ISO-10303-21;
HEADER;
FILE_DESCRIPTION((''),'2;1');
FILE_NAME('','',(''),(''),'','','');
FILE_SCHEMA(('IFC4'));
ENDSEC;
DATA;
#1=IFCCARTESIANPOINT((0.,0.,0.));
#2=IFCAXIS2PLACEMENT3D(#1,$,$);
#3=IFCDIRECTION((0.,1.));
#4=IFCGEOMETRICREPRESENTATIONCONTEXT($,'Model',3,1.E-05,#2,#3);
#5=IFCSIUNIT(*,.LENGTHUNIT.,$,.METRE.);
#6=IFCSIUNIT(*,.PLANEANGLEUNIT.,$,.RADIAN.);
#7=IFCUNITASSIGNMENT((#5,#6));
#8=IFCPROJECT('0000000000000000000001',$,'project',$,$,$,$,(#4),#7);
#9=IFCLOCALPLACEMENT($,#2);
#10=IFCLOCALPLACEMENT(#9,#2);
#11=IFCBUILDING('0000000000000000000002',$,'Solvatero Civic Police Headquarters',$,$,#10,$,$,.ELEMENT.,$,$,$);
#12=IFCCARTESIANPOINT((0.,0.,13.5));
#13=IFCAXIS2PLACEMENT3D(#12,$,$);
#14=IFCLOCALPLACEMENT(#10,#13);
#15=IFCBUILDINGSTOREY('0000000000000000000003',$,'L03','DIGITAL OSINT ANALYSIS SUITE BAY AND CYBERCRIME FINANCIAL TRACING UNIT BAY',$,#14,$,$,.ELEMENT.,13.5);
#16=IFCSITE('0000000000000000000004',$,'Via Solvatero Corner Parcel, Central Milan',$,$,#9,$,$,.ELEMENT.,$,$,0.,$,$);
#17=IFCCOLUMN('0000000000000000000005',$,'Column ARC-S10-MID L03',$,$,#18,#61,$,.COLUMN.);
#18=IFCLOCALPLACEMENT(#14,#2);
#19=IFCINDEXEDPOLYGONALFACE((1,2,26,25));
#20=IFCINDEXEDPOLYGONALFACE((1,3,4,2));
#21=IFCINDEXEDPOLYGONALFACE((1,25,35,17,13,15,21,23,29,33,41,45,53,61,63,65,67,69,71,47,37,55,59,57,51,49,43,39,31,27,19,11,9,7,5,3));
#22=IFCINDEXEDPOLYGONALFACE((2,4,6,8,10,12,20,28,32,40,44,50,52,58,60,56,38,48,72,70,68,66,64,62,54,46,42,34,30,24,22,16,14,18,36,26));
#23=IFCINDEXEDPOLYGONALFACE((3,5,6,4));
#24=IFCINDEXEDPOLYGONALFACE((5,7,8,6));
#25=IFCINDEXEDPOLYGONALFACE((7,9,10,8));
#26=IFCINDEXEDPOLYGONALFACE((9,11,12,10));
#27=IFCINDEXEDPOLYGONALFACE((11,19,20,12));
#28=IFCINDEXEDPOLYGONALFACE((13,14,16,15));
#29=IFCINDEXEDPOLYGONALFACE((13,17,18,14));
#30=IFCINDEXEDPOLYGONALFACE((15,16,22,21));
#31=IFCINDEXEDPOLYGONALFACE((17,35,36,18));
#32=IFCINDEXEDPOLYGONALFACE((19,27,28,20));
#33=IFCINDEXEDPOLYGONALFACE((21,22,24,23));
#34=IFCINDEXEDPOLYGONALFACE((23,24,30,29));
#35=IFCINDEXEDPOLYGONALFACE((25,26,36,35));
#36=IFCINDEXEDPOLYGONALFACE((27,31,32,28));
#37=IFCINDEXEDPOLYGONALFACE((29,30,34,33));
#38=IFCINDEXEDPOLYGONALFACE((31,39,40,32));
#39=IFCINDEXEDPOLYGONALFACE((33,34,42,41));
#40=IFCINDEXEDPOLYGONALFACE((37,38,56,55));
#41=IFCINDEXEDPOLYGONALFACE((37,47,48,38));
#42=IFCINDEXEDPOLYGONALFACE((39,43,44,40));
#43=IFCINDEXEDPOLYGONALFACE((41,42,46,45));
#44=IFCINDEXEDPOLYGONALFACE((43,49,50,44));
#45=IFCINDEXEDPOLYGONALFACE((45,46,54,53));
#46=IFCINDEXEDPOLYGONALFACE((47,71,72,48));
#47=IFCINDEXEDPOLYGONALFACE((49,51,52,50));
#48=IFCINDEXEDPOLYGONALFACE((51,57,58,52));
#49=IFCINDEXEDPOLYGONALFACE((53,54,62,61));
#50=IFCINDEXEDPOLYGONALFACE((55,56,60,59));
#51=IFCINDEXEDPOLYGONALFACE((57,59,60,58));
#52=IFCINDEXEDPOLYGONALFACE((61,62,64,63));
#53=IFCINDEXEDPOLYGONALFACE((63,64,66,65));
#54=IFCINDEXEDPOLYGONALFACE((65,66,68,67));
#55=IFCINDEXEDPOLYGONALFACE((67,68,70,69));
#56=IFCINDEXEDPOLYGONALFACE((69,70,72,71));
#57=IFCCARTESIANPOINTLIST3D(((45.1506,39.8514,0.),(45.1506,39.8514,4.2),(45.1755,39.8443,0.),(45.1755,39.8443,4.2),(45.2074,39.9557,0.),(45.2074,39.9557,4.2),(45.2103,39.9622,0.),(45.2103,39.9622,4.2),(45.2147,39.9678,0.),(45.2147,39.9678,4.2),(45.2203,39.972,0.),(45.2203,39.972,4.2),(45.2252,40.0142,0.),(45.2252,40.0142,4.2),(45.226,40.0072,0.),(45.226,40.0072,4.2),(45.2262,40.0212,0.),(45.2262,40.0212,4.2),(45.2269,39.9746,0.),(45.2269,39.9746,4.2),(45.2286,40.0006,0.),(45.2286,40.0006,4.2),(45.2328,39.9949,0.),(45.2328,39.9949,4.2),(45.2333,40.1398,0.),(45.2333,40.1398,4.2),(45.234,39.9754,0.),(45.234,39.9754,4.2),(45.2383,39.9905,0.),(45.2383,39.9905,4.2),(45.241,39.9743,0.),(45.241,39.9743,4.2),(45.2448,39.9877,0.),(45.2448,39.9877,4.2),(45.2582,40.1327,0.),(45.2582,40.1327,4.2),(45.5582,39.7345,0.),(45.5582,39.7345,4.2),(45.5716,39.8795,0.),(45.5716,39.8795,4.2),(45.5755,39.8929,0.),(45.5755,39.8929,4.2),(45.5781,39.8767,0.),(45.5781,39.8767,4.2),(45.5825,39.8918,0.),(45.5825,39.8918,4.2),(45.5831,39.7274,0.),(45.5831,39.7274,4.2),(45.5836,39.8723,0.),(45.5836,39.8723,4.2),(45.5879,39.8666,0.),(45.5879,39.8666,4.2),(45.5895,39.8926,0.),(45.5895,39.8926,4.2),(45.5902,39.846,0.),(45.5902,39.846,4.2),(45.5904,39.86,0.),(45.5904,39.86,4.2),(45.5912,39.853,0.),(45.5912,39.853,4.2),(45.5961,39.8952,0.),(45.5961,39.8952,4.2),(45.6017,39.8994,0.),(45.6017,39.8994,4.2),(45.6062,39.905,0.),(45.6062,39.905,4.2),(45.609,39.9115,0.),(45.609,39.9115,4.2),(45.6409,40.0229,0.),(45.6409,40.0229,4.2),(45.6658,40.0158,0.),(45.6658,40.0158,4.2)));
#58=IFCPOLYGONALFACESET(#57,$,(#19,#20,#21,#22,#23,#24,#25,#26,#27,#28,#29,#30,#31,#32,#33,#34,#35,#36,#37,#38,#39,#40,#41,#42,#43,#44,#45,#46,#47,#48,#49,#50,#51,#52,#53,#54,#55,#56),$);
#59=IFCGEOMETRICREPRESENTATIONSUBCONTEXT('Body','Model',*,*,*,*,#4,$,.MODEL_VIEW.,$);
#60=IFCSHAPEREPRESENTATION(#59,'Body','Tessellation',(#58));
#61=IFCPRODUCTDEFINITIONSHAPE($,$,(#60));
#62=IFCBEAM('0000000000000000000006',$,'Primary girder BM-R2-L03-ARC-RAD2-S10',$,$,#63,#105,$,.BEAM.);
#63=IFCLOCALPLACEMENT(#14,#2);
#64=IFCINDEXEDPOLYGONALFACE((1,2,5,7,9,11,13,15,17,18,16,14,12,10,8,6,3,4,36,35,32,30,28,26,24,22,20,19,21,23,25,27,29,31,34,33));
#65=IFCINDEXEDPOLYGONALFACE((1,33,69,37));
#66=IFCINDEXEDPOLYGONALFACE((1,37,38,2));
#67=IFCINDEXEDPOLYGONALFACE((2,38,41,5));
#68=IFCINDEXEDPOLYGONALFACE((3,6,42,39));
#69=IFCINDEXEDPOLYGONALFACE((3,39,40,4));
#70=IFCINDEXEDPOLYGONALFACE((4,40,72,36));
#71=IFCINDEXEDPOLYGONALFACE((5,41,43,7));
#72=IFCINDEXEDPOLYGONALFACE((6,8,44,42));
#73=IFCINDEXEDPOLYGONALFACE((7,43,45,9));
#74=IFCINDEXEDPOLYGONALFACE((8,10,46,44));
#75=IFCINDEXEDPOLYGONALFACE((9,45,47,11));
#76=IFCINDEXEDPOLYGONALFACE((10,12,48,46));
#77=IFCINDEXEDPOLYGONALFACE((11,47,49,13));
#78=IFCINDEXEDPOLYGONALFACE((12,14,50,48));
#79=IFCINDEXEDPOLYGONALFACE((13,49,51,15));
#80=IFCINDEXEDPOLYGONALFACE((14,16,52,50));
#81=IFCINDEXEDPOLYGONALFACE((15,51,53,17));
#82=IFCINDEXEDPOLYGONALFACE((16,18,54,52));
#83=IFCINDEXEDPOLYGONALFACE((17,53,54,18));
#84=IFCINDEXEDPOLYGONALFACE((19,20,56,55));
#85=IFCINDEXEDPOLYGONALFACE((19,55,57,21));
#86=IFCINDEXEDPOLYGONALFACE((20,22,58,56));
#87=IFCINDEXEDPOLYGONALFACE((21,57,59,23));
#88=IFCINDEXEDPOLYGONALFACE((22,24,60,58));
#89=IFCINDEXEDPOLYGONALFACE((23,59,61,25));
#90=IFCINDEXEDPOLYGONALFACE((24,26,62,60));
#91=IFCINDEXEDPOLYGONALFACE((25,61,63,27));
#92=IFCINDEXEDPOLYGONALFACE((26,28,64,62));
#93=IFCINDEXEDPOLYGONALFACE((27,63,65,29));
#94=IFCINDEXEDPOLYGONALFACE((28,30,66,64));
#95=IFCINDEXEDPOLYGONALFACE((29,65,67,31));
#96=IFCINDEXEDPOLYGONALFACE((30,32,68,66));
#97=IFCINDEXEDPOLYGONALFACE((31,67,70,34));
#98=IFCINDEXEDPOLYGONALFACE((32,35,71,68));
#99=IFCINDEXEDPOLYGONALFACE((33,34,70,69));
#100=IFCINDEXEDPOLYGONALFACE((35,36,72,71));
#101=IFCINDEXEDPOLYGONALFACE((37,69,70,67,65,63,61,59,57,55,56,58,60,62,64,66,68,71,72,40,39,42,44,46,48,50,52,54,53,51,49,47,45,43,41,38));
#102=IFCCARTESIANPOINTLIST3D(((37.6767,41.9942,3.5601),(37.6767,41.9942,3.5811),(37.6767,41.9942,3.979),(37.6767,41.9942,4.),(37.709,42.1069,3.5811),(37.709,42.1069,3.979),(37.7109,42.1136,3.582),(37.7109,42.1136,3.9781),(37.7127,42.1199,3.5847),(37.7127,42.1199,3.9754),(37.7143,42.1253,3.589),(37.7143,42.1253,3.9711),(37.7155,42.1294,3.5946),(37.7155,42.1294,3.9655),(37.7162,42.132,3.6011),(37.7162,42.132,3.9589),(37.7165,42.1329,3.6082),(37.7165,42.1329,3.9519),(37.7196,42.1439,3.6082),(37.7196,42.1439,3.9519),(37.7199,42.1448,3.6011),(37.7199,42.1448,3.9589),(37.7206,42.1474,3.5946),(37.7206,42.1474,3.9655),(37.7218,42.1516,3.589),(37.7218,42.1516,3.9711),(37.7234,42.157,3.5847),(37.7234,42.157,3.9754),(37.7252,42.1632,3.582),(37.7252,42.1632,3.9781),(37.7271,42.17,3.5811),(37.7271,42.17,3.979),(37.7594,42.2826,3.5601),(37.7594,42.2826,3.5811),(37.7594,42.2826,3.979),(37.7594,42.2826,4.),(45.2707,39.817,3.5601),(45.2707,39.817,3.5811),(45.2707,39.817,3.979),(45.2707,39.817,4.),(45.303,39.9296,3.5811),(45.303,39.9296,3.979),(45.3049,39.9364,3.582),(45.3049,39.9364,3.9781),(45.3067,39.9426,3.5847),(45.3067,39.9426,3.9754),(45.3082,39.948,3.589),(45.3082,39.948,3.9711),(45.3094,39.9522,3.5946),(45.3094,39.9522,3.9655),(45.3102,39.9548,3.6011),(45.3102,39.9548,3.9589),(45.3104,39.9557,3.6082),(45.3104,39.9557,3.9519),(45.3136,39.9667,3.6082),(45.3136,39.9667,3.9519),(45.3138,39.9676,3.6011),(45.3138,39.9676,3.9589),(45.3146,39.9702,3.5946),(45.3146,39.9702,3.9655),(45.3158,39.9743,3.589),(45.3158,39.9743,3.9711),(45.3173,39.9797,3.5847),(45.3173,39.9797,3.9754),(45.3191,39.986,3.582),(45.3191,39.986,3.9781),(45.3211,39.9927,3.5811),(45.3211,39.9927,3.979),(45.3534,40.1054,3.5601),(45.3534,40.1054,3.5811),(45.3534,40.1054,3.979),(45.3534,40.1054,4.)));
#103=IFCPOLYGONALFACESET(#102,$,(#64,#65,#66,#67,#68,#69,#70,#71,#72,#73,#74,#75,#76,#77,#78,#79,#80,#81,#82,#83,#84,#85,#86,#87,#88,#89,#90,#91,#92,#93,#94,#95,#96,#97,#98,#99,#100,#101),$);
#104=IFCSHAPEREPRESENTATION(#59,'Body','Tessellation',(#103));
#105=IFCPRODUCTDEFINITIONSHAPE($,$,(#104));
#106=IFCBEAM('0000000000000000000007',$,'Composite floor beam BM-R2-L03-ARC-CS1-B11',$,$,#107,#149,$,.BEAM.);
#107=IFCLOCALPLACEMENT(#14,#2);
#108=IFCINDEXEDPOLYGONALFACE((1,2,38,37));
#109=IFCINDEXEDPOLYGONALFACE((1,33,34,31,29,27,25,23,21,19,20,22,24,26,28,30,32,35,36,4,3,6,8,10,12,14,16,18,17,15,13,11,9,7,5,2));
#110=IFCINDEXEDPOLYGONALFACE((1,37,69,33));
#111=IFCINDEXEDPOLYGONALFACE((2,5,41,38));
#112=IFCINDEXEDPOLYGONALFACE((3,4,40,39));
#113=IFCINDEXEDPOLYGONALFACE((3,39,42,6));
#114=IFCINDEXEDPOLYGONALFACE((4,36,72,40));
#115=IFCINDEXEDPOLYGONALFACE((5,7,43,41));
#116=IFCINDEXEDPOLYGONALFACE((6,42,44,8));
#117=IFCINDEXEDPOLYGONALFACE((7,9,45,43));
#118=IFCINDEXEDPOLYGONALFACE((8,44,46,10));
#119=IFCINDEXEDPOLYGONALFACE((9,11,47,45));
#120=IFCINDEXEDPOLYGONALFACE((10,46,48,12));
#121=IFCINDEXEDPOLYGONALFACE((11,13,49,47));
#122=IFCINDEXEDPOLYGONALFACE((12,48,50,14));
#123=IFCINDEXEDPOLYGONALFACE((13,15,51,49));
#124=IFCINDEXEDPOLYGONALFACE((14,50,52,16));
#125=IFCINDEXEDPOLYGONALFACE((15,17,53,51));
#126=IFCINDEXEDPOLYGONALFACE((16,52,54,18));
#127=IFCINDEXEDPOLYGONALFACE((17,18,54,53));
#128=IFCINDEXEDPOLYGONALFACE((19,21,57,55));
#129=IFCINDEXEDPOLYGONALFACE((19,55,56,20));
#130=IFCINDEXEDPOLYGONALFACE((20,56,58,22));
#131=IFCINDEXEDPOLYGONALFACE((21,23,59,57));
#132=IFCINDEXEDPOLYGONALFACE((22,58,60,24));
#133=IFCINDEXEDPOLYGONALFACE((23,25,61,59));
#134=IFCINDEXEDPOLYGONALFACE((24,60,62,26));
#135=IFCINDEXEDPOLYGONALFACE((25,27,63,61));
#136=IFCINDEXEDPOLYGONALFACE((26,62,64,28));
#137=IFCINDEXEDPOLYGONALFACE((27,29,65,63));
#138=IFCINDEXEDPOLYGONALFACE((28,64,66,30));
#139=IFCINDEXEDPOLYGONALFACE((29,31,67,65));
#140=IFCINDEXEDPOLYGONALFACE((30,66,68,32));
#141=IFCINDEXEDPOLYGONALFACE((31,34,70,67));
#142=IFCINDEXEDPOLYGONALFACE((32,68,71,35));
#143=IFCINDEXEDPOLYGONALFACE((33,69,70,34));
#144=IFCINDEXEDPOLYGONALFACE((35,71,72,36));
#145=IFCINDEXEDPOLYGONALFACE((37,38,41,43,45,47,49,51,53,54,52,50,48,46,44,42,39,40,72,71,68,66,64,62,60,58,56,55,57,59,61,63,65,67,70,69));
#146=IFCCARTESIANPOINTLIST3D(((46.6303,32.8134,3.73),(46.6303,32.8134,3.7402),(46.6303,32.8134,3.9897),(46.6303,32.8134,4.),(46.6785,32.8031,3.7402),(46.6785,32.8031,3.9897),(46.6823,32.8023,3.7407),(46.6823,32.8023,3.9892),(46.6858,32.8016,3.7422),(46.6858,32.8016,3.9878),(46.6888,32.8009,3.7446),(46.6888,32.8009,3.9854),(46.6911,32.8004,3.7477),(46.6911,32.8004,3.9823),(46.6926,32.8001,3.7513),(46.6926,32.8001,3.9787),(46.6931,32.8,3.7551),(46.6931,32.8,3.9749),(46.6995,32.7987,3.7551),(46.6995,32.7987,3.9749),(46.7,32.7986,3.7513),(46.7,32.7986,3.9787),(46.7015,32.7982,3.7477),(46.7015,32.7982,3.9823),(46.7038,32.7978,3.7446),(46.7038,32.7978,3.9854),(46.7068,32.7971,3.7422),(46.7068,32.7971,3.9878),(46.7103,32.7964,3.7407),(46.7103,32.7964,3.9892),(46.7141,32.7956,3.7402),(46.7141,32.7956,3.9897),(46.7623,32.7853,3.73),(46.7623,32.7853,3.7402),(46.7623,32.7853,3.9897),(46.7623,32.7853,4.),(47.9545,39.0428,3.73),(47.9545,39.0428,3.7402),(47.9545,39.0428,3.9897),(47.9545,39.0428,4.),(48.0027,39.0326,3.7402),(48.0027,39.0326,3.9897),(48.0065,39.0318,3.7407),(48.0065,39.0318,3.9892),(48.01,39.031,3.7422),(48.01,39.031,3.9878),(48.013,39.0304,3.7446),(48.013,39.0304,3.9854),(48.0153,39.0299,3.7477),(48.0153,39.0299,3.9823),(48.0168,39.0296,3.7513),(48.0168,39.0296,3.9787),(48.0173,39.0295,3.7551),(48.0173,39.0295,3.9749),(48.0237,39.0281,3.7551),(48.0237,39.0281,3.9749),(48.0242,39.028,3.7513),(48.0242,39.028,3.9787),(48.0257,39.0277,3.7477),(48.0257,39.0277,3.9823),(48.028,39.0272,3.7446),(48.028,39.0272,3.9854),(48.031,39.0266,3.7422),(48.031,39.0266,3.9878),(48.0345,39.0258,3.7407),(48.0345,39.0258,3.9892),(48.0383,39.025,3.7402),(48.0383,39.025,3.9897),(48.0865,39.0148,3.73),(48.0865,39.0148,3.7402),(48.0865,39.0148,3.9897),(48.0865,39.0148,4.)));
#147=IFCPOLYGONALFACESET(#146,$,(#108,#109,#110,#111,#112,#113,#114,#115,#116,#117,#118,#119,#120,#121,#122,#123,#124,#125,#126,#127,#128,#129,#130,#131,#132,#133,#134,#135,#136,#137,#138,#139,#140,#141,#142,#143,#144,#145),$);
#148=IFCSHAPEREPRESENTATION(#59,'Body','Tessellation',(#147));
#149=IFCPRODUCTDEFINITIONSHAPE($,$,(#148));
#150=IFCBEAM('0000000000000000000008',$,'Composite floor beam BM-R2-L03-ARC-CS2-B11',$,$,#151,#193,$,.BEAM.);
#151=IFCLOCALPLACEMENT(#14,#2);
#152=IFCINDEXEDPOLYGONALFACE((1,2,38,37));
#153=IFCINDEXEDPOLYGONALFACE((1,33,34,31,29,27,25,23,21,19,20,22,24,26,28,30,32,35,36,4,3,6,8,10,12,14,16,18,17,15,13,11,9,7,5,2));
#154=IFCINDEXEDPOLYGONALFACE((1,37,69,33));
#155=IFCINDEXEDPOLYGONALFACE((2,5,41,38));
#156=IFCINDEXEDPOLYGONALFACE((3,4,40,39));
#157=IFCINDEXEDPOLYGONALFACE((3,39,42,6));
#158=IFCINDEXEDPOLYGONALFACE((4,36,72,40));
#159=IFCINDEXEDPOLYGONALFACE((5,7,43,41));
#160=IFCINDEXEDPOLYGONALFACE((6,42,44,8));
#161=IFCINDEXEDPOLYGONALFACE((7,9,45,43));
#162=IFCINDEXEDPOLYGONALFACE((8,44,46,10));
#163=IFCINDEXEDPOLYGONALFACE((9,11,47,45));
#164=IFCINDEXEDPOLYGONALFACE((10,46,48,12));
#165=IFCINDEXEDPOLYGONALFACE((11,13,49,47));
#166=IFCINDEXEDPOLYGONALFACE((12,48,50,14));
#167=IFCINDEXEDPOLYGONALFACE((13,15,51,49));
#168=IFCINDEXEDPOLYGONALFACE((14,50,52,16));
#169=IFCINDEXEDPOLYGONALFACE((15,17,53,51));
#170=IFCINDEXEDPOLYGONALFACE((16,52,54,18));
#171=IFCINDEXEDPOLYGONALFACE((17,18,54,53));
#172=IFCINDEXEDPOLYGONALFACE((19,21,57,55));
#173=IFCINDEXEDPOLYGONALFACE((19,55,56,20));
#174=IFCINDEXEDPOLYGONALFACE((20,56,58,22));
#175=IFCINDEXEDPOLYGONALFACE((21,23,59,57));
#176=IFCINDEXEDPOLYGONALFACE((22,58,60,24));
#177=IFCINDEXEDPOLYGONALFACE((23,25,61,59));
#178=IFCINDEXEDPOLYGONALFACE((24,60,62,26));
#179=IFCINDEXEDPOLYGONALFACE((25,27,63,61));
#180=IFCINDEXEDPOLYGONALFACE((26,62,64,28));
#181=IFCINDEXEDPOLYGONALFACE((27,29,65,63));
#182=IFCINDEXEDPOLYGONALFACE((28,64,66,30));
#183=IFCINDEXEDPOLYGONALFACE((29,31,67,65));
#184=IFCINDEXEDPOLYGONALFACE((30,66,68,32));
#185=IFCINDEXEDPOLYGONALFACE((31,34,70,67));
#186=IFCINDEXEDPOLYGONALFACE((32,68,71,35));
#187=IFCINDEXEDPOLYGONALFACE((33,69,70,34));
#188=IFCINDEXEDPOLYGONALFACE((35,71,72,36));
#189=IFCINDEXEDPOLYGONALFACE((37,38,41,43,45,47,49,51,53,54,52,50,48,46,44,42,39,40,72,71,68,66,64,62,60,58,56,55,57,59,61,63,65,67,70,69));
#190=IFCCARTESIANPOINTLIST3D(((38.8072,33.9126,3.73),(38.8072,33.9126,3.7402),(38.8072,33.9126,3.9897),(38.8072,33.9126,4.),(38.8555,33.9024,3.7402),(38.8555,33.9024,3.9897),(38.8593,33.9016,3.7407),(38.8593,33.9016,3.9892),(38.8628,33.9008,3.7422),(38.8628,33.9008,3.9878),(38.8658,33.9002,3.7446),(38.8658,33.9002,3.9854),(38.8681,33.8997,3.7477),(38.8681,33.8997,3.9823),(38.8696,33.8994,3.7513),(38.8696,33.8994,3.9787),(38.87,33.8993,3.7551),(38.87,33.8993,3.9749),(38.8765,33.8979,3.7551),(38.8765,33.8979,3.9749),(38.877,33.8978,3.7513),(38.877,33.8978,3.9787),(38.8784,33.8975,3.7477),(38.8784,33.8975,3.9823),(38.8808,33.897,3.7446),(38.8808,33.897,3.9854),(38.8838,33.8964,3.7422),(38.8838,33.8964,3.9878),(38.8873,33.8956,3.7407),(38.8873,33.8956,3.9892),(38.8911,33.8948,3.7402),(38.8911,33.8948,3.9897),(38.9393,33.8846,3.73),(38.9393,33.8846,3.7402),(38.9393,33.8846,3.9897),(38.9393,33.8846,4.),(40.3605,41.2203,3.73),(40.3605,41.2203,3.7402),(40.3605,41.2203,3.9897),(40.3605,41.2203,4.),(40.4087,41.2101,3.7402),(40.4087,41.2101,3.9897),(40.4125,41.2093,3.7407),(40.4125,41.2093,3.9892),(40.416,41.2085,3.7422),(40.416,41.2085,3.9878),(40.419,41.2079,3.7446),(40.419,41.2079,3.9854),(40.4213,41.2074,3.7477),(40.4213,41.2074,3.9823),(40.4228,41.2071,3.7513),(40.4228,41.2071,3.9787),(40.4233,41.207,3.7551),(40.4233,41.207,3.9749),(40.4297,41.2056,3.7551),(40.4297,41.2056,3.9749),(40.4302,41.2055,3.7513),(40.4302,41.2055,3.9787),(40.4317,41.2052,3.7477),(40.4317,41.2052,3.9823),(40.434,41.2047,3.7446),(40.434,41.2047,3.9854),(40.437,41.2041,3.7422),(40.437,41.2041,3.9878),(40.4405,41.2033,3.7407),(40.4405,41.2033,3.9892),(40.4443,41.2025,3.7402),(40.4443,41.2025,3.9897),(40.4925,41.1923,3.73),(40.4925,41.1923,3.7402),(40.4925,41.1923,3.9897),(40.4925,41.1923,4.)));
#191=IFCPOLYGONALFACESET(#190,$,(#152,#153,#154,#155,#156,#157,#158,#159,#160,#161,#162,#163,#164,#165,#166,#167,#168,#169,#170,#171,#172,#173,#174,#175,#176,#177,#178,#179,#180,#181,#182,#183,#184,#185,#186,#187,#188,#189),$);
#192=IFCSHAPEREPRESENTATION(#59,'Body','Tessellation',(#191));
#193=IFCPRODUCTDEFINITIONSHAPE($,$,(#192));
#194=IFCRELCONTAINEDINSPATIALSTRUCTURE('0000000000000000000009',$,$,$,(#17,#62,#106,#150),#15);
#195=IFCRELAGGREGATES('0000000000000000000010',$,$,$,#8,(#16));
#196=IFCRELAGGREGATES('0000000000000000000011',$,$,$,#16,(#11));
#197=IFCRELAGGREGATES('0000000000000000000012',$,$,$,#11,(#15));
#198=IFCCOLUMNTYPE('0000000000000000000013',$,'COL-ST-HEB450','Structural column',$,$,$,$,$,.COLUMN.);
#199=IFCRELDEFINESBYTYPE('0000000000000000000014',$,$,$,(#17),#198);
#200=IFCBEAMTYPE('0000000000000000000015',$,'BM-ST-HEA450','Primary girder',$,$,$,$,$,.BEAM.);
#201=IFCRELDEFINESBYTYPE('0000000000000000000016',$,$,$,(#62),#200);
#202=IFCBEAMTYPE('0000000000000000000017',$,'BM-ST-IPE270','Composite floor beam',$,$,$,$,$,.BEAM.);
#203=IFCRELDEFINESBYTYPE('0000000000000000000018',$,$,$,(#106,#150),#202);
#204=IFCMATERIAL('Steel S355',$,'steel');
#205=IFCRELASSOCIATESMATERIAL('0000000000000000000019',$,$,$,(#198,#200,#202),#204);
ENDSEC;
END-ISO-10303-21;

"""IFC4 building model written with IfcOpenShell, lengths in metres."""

from ifc_helpers import new_model, si_unit, direction, frame, origin, origin_2d, place, context, subcontext, project, spatial, i_section, extrude, material, material_profile, profile_set, type_object, element, save


model = new_model("IFC4")

# Units and contexts
model_context = context("Model", 3, precision=1e-05, world=origin(), true_north=direction((0.0, 1.0)))
body_context = subcontext(model_context, "Body", "Model", "MODEL_VIEW")
ifc_project = project(units=[si_unit("LENGTHUNIT", "METRE"), si_unit("PLANEANGLEUNIT", "RADIAN")], contexts=[model_context])

# Site, building, storey
site_placement = place(None, origin())
site = spatial("IfcSite", under=ifc_project, at=site_placement, Name="Via Solvatero Corner Parcel, Central Milan", CompositionType="ELEMENT", RefElevation=0.0)
building_placement = place(site_placement, origin())
building = spatial("IfcBuilding", under=site, at=building_placement, Name="Solvatero Civic Police Headquarters", CompositionType="ELEMENT")
storey_placement = place(building_placement, frame((0.0, 0.0, 13.5)))
storey = spatial("IfcBuildingStorey", under=building, at=storey_placement, Name="L03", Description="DIGITAL OSINT ANALYSIS SUITE BAY AND CYBERCRIME FINANCIAL TRACING UNIT BAY", CompositionType="ELEMENT", Elevation=13.5)

# Column
ifc_material_1 = material(Name="Steel S355", Category="steel")
ifc_material_profile_1 = material_profile(ifc_material_1, i_section(OverallWidth=0.3, OverallDepth=0.45, WebThickness=0.0139, FlangeThickness=0.0259, FilletRadius=0.0271, at=origin_2d()), Name="HEB 450")
ifc_profile_set_1 = profile_set([ifc_material_profile_1], Name="Steel S355")
column_type = type_object("IfcColumnType", Name="COL-ST-HEB450", Description="Structural column", PredefinedType="COLUMN", material=ifc_profile_set_1)
column_placement = place(storey_placement, frame((45.4082, 39.9336, 0.0), z_axis=(0.0, 0.0, 1.0), x_axis=(0.275637, 0.961262, 0.0)))
element("IfcColumn", 1, at=column_placement, inside=storey, type_object=column_type, Name="Column ARC-S10-MID L03", PredefinedType="COLUMN", context=body_context, shape_type="SweptSolid", body=[
    extrude(i_section(OverallWidth=0.3, OverallDepth=0.45, WebThickness=0.0139, FlangeThickness=0.0259, FilletRadius=0.0271, at=origin_2d()), origin(), (0.0, 0.0, 1.0), 4.2),
])

# Beams
ifc_material_profile_2 = material_profile(ifc_material_1, i_section(OverallWidth=0.3, OverallDepth=0.4399, WebThickness=0.0115, FlangeThickness=0.021, FilletRadius=0.0271, at=origin_2d()), Name="HEA 450")
ifc_profile_set_2 = profile_set([ifc_material_profile_2], Name="Steel S355")
beam_type_1 = type_object("IfcBeamType", Name="BM-ST-HEA450", Description="Primary girder", PredefinedType="BEAM", material=ifc_profile_set_2)
beam_1_placement = place(storey_placement, frame((45.312, 39.9612, 3.78), z_axis=(-0.961272, 0.275603, 0.0), x_axis=(-0.275603, -0.961272, 0.0)))
element("IfcBeam", 2, at=beam_1_placement, inside=storey, type_object=beam_type_1, Name="Primary girder BM-R2-L03-ARC-RAD2-S10", PredefinedType="BEAM", context=body_context, shape_type="SweptSolid", body=[
    extrude(i_section(OverallWidth=0.3, OverallDepth=0.4399, WebThickness=0.0115, FlangeThickness=0.021, FilletRadius=0.0271, at=origin_2d()), origin(), (0.0, 0.0, 1.0), 7.8999),
])
ifc_material_profile_3 = material_profile(ifc_material_1, i_section(OverallWidth=0.135, OverallDepth=0.27, WebThickness=0.0066, FlangeThickness=0.0103, FilletRadius=0.0149, at=origin_2d()), Name="IPE 270")
ifc_profile_set_3 = profile_set([ifc_material_profile_3], Name="Steel S355")
beam_type_2 = type_object("IfcBeamType", Name="BM-ST-IPE270", Description="Composite floor beam", PredefinedType="BEAM", material=ifc_profile_set_3)
beam_2_placement = place(storey_placement, frame((48.0205, 39.0288, 3.865), z_axis=(-0.207927, -0.978144, 0.0), x_axis=(0.978144, -0.207927, 0.0)))
element("IfcBeam", 3, at=beam_2_placement, inside=storey, type_object=beam_type_2, Name="Composite floor beam BM-R2-L03-ARC-CS1-B11", PredefinedType="BEAM", context=body_context, shape_type="SweptSolid", body=[
    extrude(i_section(OverallWidth=0.135, OverallDepth=0.27, WebThickness=0.0066, FlangeThickness=0.0103, FilletRadius=0.0149, at=origin_2d()), origin(), (0.0, 0.0, 1.0), 6.3687),
])
beam_3_placement = place(storey_placement, frame((40.4265, 41.2063, 3.865), z_axis=(-0.207904, -0.978149, 0.0), x_axis=(0.978149, -0.207904, 0.0)))
element("IfcBeam", 4, at=beam_3_placement, inside=storey, type_object=beam_type_2, Name="Composite floor beam BM-R2-L03-ARC-CS2-B11", PredefinedType="BEAM", context=body_context, shape_type="SweptSolid", body=[
    extrude(i_section(OverallWidth=0.135, OverallDepth=0.27, WebThickness=0.0066, FlangeThickness=0.0103, FilletRadius=0.0149, at=origin_2d()), origin(), (0.0, 0.0, 1.0), 7.4709),
])

save(model, "model.ifc")
